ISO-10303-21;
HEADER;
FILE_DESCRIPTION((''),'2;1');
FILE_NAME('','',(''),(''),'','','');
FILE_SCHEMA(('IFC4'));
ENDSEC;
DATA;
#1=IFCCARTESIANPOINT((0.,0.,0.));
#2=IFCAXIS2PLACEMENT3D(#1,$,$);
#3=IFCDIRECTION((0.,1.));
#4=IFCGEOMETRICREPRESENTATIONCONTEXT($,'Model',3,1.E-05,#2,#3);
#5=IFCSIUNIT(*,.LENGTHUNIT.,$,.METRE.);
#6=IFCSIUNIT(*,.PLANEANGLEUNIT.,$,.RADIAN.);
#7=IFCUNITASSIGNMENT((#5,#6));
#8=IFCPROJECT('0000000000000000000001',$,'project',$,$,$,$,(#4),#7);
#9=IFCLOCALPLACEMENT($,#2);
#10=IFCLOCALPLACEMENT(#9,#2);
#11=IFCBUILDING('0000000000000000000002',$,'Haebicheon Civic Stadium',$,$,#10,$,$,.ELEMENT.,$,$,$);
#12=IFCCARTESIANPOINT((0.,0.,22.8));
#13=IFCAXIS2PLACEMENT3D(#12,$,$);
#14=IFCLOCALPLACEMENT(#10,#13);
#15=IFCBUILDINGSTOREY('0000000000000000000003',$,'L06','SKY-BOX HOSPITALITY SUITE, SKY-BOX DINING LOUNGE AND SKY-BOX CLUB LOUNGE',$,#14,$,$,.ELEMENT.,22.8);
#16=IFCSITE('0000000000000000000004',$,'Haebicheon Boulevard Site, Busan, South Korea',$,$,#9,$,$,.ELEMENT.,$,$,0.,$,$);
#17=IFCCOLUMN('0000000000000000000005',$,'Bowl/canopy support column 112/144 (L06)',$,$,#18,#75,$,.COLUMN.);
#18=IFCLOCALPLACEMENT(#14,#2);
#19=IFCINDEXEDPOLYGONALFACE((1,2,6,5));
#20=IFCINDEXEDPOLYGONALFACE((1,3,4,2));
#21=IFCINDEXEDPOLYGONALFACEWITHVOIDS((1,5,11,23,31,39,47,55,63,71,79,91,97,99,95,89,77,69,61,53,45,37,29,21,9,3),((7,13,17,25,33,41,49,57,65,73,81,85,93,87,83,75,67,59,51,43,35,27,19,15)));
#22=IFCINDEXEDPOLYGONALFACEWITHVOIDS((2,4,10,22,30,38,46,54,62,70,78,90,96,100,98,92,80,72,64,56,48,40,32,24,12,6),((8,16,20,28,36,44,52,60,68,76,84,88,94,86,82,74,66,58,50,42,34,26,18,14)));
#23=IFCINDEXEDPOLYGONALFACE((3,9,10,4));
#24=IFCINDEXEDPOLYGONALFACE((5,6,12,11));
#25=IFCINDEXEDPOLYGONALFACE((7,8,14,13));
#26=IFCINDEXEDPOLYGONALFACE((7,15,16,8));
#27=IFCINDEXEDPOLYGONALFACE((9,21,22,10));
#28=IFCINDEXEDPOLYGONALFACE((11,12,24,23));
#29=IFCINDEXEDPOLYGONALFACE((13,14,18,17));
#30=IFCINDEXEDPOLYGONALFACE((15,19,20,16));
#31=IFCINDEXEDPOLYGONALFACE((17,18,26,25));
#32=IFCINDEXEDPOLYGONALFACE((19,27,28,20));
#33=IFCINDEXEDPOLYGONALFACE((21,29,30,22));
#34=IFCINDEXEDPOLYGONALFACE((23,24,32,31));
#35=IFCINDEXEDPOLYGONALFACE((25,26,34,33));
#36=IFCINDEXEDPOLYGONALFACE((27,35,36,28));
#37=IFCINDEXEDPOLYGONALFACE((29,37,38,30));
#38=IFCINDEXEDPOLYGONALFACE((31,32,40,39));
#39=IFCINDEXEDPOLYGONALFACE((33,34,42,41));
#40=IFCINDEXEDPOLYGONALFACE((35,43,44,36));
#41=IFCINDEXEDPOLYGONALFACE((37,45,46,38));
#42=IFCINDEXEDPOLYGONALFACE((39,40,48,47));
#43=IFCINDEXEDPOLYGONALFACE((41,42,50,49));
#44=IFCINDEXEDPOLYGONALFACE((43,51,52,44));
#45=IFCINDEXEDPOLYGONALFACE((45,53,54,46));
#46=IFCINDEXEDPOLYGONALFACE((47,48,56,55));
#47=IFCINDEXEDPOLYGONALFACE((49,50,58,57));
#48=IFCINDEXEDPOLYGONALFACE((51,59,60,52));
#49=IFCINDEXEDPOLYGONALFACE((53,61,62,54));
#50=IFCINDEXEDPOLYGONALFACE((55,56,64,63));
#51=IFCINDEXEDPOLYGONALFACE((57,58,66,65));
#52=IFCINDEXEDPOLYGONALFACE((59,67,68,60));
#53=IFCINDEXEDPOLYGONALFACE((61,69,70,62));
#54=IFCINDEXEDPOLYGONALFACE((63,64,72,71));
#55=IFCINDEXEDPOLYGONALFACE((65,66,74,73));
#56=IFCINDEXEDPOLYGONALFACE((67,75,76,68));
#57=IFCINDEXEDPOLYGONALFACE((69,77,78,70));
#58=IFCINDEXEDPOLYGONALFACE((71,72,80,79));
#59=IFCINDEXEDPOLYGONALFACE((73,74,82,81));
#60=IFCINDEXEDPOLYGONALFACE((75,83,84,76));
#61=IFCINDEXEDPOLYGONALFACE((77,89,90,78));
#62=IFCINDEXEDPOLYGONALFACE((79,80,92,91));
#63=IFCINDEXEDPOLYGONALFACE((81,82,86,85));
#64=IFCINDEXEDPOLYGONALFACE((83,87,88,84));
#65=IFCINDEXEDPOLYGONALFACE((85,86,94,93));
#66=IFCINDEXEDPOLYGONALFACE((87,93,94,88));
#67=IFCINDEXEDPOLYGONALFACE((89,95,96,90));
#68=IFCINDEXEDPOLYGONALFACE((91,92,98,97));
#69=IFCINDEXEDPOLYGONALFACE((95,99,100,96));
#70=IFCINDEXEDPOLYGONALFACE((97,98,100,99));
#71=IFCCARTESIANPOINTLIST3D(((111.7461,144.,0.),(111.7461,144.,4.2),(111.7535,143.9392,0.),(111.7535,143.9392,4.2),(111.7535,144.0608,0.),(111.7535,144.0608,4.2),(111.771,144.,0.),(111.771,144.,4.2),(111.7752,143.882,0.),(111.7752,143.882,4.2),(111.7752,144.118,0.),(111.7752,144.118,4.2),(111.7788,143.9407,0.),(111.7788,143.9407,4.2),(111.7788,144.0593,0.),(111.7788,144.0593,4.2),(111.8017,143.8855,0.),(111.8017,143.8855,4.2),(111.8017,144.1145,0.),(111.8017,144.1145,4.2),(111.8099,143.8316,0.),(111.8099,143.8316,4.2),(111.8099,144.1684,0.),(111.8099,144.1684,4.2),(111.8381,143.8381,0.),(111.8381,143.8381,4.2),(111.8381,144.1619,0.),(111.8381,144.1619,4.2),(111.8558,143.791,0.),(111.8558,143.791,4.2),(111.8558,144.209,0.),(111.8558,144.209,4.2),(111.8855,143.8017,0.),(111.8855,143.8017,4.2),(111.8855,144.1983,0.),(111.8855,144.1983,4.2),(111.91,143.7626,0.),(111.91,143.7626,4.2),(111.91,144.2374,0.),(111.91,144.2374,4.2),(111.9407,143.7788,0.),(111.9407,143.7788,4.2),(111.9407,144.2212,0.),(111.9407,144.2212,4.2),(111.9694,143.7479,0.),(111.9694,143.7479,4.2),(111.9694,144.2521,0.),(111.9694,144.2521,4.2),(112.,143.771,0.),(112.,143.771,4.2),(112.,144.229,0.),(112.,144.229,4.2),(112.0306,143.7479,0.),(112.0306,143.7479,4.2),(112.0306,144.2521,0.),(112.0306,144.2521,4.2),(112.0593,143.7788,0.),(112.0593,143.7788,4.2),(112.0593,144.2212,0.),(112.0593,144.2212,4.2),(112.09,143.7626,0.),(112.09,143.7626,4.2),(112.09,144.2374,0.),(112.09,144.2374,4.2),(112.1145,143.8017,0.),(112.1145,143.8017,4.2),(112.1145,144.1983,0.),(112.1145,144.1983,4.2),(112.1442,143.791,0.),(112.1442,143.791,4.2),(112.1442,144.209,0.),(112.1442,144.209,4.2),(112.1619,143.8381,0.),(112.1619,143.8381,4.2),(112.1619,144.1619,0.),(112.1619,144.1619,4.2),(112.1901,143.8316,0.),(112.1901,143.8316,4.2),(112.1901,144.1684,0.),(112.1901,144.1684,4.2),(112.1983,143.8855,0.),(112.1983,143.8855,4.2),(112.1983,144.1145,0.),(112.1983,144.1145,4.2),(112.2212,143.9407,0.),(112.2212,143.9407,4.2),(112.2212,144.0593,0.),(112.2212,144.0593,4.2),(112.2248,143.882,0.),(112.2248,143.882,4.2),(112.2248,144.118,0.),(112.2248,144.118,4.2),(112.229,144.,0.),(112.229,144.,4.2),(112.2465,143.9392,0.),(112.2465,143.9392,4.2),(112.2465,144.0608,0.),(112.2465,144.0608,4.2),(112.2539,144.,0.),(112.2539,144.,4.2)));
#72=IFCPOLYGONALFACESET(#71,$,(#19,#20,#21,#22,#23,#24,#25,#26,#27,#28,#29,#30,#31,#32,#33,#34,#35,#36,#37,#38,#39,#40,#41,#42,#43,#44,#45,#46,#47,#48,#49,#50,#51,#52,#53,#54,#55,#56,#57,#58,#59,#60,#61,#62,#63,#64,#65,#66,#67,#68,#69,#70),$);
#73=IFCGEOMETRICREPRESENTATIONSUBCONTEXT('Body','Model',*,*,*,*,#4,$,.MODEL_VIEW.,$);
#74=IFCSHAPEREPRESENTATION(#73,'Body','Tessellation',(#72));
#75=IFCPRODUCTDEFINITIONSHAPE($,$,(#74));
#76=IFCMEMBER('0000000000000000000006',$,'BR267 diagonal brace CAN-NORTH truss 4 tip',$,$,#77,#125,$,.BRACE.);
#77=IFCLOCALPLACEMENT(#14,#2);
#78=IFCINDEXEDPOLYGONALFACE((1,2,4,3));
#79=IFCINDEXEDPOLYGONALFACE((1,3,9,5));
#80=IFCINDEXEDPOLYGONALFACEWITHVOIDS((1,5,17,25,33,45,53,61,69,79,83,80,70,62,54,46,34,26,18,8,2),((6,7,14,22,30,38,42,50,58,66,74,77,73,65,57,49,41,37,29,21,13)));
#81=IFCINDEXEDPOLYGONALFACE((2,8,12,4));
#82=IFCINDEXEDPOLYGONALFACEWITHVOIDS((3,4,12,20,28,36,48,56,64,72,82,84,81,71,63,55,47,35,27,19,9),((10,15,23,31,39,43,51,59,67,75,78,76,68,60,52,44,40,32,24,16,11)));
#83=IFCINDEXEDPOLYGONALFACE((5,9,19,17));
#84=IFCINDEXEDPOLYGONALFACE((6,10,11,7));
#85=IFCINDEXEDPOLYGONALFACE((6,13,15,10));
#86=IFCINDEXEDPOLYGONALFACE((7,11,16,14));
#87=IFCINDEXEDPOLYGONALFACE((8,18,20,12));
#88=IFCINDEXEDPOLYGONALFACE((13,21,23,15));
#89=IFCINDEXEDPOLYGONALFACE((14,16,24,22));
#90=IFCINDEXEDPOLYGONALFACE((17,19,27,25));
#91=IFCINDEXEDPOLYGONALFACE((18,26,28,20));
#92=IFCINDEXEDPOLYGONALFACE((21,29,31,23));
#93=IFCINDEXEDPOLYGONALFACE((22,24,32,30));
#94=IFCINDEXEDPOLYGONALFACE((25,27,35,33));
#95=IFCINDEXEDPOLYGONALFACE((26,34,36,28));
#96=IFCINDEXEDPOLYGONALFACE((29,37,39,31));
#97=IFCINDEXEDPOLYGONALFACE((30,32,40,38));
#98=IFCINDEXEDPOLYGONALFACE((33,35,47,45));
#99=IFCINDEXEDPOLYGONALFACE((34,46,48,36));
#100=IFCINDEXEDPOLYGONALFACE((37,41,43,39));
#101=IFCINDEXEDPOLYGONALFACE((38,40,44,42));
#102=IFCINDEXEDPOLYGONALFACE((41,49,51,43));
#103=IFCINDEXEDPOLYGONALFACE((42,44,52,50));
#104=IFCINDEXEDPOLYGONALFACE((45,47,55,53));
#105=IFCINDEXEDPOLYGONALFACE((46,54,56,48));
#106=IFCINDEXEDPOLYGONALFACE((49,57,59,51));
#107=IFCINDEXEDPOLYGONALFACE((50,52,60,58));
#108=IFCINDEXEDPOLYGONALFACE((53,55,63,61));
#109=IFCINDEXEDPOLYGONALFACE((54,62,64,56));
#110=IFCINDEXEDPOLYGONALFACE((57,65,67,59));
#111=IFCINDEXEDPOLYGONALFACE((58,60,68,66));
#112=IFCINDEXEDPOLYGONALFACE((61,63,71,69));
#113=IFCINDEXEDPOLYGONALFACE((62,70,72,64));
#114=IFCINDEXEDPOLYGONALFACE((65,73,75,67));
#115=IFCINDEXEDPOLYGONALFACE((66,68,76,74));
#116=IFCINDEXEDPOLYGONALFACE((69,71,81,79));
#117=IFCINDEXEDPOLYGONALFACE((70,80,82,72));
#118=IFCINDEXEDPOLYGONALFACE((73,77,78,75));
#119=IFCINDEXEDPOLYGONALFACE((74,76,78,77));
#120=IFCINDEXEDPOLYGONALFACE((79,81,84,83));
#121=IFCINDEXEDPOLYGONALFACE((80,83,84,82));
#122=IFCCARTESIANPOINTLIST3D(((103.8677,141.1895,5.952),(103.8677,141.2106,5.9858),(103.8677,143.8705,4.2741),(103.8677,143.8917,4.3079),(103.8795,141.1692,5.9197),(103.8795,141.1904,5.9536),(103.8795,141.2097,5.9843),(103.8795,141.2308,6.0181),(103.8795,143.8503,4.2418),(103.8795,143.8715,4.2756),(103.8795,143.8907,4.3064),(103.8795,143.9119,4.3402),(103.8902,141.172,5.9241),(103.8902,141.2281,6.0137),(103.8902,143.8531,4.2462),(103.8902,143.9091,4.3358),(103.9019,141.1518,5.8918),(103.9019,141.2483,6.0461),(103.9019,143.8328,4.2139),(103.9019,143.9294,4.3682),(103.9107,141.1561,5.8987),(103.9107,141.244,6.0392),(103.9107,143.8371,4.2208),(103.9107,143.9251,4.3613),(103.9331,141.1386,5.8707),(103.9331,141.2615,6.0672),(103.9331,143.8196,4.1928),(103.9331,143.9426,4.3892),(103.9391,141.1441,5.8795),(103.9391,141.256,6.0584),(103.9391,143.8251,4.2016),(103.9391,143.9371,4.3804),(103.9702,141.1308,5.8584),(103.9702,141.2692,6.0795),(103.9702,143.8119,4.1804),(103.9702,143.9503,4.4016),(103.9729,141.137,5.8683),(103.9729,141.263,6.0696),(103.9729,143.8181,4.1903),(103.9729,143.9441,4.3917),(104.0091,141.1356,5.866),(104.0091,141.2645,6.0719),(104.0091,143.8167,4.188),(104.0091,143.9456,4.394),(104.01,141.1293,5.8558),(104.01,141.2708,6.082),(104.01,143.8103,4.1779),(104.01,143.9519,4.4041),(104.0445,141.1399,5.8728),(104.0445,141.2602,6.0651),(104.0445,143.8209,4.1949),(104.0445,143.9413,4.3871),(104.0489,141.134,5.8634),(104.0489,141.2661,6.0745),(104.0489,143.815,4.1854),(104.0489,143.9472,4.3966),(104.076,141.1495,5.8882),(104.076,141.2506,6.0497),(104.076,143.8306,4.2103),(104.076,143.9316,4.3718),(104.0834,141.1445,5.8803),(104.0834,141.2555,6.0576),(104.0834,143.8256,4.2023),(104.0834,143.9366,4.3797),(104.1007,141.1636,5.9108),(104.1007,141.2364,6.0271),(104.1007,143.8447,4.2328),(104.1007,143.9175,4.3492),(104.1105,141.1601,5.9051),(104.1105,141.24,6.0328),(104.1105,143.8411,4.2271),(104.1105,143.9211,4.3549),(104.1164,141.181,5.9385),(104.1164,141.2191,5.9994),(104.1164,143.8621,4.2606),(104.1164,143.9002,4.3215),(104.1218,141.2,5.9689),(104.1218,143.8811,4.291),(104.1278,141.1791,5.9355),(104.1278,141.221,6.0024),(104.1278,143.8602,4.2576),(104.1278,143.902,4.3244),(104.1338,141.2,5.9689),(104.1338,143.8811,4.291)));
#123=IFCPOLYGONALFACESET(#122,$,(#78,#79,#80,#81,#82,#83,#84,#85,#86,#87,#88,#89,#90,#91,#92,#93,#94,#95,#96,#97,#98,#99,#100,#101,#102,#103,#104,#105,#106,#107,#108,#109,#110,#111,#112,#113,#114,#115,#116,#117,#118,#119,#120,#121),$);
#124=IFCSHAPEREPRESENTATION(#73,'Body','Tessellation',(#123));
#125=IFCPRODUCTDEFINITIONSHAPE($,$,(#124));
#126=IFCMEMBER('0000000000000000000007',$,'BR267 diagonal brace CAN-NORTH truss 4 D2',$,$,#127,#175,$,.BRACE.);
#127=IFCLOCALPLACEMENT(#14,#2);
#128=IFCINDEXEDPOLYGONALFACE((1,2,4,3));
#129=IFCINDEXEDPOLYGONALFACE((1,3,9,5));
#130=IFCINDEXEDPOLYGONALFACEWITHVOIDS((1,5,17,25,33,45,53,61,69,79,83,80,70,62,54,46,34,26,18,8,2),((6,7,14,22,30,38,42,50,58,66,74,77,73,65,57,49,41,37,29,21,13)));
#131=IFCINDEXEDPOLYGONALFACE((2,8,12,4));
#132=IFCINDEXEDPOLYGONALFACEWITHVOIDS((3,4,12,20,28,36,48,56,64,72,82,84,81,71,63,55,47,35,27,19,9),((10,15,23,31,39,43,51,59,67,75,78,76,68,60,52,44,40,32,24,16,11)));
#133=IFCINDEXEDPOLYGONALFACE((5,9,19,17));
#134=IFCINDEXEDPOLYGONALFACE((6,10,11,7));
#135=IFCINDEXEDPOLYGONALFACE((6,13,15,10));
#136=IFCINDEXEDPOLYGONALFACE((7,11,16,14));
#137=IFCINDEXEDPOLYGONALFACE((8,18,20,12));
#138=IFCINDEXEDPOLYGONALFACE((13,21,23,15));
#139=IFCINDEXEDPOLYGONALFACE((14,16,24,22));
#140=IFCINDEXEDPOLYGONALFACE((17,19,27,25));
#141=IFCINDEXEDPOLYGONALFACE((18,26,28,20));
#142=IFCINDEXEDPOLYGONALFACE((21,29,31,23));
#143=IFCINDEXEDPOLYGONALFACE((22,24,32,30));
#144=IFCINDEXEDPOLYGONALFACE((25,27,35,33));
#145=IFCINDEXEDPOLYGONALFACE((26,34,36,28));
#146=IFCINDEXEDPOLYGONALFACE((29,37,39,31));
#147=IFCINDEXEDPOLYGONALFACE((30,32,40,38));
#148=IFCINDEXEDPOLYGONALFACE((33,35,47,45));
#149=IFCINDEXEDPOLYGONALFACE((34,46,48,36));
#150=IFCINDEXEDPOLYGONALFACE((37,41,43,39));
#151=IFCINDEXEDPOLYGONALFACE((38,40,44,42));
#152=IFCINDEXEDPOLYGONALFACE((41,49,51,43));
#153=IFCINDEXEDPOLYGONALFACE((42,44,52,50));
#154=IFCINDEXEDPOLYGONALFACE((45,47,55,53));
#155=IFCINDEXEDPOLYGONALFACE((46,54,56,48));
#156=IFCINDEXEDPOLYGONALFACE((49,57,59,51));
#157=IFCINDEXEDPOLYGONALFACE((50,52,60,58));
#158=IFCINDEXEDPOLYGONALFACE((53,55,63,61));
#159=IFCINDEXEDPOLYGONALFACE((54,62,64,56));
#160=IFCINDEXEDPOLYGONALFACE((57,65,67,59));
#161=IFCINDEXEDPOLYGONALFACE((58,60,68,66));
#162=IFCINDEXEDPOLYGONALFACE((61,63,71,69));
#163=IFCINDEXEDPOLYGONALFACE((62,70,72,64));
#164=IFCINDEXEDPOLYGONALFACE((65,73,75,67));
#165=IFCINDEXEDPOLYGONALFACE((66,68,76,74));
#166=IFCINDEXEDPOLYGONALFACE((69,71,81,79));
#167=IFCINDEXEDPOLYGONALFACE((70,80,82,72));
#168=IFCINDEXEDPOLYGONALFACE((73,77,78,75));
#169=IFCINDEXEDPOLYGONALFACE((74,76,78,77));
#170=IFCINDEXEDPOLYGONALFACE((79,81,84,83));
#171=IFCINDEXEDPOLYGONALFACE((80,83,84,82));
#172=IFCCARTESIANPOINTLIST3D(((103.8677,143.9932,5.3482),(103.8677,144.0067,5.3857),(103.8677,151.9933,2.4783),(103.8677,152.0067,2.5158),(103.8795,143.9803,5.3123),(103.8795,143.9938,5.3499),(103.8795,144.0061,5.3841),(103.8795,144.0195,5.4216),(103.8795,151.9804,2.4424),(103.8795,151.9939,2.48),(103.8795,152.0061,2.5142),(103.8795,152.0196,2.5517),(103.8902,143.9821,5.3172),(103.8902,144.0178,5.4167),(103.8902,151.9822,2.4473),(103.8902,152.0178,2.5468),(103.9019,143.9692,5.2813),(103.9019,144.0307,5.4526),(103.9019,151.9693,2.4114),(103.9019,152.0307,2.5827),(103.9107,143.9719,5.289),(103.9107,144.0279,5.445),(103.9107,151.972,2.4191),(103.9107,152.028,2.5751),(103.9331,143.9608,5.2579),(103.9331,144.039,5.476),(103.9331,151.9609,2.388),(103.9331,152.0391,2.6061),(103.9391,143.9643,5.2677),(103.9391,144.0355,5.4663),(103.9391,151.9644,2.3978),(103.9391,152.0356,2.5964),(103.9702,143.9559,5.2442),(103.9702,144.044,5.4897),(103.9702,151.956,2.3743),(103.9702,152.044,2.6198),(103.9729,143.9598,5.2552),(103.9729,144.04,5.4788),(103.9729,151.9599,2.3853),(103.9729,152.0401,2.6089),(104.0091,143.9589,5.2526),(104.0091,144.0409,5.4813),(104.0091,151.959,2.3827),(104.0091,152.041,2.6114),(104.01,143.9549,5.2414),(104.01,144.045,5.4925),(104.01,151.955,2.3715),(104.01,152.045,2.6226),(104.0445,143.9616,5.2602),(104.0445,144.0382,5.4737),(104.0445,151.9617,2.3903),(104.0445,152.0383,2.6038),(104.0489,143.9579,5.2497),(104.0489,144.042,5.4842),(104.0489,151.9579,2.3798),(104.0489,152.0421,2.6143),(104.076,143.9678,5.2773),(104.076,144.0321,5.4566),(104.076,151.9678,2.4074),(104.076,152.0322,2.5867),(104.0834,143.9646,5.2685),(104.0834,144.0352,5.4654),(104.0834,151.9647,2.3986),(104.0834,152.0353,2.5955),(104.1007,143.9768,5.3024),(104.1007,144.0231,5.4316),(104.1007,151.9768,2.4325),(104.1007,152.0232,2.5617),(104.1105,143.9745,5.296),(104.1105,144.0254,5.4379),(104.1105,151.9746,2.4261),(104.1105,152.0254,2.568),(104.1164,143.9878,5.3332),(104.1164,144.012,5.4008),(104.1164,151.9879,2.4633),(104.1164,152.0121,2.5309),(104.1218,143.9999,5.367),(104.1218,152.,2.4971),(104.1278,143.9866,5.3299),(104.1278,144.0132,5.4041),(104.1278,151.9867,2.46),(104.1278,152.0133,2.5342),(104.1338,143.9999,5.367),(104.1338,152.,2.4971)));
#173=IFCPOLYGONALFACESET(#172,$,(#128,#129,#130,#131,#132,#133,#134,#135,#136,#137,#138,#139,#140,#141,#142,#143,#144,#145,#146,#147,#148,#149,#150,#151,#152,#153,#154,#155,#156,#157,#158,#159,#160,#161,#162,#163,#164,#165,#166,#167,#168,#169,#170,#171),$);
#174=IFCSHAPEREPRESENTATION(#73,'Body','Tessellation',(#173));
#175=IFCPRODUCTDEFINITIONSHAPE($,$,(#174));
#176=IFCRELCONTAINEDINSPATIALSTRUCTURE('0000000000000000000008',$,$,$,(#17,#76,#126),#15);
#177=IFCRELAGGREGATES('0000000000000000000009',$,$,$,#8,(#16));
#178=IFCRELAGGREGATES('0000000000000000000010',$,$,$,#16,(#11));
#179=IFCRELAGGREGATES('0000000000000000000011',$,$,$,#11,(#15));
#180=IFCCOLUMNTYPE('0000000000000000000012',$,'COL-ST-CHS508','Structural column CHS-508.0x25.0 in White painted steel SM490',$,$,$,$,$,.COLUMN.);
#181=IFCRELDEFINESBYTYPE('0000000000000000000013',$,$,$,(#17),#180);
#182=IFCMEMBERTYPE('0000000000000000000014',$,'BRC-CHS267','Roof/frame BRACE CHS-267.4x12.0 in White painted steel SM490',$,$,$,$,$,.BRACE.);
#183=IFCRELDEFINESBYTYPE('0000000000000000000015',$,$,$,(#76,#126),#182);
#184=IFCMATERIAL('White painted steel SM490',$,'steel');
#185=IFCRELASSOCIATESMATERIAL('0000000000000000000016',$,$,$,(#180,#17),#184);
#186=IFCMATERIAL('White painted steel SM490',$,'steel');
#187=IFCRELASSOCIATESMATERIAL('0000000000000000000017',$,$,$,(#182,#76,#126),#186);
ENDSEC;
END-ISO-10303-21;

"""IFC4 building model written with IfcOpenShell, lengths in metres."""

from ifc_helpers import new_model, si_unit, direction, frame, origin, origin_2d, place, context, subcontext, project, spatial, hollow_circle, extrude, material, material_profile, profile_set, type_object, element, save


model = new_model("IFC4")

# Units and contexts
model_context = context("Model", 3, precision=1e-05, world=origin(), true_north=direction((0.0, 1.0)))
body_context = subcontext(model_context, "Body", "Model", "MODEL_VIEW")
ifc_project = project(units=[si_unit("LENGTHUNIT", "METRE"), si_unit("PLANEANGLEUNIT", "RADIAN")], contexts=[model_context])

# Site, building, storey
site_placement = place(None, origin())
site = spatial("IfcSite", under=ifc_project, at=site_placement, Name="Haebicheon Boulevard Site, Busan, South Korea", CompositionType="ELEMENT", RefElevation=0.0)
building_placement = place(site_placement, origin())
building = spatial("IfcBuilding", under=site, at=building_placement, Name="Haebicheon Civic Stadium", CompositionType="ELEMENT")
storey_placement = place(building_placement, frame((0.0, 0.0, 22.8)))
storey = spatial("IfcBuildingStorey", under=building, at=storey_placement, Name="L06", Description="SKY-BOX HOSPITALITY SUITE, SKY-BOX DINING LOUNGE AND SKY-BOX CLUB LOUNGE", CompositionType="ELEMENT", Elevation=22.8)

# Column
ifc_material_1 = material(Name="White painted steel SM490", Category="steel")
ifc_material_profile_1 = material_profile(ifc_material_1, hollow_circle(Radius=0.2539, WallThickness=0.0249, at=origin_2d()), Name="CHS-508.0x25.0")
ifc_profile_set_1 = profile_set([ifc_material_profile_1], Name="White painted steel SM490")
column_type = type_object("IfcColumnType", Name="COL-ST-CHS508", Description="Structural column CHS-508.0x25.0 in White painted steel SM490", PredefinedType="COLUMN", material=ifc_profile_set_1)
column_1_placement = place(storey_placement, frame((112.0, 144.0, 0.0), z_axis=(0.0, 0.0, 1.0), x_axis=(1.0, 0.0, 0.0)))
element("IfcColumn", 1, at=column_1_placement, inside=storey, type_object=column_type, material=ifc_profile_set_1, Name="Bowl/canopy support column 112/144 (L06)", PredefinedType="COLUMN", context=body_context, shape_type="SweptSolid", body=[
    extrude(hollow_circle(Radius=0.2539, WallThickness=0.0249, at=origin_2d()), origin(), (0.0, 0.0, 1.0), 4.2),
])

# Members
ifc_material_2 = material(Name="White painted steel SM490", Category="steel")
ifc_material_profile_2 = material_profile(ifc_material_2, hollow_circle(Radius=0.1338, WallThickness=0.012, at=origin_2d()), Name="CHS-267.4x12.0")
ifc_profile_set_2 = profile_set([ifc_material_profile_2], Name="White painted steel SM490")
member_type_1 = type_object("IfcMemberType", Name="BRC-CHS267", Description="Roof/frame BRACE CHS-267.4x12.0 in White painted steel SM490", PredefinedType="BRACE", material=ifc_profile_set_2)
member_1_placement = place(storey_placement, frame((104.0, 143.8811, 4.291), z_axis=(0.0, -0.847677, 0.530512), x_axis=(1.0, 0.0, 0.0)))
element("IfcMember", 2, at=member_1_placement, inside=storey, type_object=member_type_1, material=ifc_profile_set_2, Name="BR267 diagonal brace CAN-NORTH truss 4 tip", PredefinedType="BRACE", context=body_context, shape_type="SweptSolid", body=[
    extrude(hollow_circle(Radius=0.1338, WallThickness=0.012, at=origin_2d()), origin(), (0.0, 0.0, 1.0), 3.1628),
])
member_2_placement = place(storey_placement, frame((104.0, 152.0, 2.4971), z_axis=(0.0, -0.941267, 0.337664), x_axis=(1.0, 0.0, 0.0)))
element("IfcMember", 3, at=member_2_placement, inside=storey, type_object=member_type_1, material=ifc_profile_set_2, Name="BR267 diagonal brace CAN-NORTH truss 4 D2", PredefinedType="BRACE", context=body_context, shape_type="SweptSolid", body=[
    extrude(hollow_circle(Radius=0.1338, WallThickness=0.012, at=origin_2d()), origin(), (0.0, 0.0, 1.0), 8.4993),
])

save(model, "model.ifc")
